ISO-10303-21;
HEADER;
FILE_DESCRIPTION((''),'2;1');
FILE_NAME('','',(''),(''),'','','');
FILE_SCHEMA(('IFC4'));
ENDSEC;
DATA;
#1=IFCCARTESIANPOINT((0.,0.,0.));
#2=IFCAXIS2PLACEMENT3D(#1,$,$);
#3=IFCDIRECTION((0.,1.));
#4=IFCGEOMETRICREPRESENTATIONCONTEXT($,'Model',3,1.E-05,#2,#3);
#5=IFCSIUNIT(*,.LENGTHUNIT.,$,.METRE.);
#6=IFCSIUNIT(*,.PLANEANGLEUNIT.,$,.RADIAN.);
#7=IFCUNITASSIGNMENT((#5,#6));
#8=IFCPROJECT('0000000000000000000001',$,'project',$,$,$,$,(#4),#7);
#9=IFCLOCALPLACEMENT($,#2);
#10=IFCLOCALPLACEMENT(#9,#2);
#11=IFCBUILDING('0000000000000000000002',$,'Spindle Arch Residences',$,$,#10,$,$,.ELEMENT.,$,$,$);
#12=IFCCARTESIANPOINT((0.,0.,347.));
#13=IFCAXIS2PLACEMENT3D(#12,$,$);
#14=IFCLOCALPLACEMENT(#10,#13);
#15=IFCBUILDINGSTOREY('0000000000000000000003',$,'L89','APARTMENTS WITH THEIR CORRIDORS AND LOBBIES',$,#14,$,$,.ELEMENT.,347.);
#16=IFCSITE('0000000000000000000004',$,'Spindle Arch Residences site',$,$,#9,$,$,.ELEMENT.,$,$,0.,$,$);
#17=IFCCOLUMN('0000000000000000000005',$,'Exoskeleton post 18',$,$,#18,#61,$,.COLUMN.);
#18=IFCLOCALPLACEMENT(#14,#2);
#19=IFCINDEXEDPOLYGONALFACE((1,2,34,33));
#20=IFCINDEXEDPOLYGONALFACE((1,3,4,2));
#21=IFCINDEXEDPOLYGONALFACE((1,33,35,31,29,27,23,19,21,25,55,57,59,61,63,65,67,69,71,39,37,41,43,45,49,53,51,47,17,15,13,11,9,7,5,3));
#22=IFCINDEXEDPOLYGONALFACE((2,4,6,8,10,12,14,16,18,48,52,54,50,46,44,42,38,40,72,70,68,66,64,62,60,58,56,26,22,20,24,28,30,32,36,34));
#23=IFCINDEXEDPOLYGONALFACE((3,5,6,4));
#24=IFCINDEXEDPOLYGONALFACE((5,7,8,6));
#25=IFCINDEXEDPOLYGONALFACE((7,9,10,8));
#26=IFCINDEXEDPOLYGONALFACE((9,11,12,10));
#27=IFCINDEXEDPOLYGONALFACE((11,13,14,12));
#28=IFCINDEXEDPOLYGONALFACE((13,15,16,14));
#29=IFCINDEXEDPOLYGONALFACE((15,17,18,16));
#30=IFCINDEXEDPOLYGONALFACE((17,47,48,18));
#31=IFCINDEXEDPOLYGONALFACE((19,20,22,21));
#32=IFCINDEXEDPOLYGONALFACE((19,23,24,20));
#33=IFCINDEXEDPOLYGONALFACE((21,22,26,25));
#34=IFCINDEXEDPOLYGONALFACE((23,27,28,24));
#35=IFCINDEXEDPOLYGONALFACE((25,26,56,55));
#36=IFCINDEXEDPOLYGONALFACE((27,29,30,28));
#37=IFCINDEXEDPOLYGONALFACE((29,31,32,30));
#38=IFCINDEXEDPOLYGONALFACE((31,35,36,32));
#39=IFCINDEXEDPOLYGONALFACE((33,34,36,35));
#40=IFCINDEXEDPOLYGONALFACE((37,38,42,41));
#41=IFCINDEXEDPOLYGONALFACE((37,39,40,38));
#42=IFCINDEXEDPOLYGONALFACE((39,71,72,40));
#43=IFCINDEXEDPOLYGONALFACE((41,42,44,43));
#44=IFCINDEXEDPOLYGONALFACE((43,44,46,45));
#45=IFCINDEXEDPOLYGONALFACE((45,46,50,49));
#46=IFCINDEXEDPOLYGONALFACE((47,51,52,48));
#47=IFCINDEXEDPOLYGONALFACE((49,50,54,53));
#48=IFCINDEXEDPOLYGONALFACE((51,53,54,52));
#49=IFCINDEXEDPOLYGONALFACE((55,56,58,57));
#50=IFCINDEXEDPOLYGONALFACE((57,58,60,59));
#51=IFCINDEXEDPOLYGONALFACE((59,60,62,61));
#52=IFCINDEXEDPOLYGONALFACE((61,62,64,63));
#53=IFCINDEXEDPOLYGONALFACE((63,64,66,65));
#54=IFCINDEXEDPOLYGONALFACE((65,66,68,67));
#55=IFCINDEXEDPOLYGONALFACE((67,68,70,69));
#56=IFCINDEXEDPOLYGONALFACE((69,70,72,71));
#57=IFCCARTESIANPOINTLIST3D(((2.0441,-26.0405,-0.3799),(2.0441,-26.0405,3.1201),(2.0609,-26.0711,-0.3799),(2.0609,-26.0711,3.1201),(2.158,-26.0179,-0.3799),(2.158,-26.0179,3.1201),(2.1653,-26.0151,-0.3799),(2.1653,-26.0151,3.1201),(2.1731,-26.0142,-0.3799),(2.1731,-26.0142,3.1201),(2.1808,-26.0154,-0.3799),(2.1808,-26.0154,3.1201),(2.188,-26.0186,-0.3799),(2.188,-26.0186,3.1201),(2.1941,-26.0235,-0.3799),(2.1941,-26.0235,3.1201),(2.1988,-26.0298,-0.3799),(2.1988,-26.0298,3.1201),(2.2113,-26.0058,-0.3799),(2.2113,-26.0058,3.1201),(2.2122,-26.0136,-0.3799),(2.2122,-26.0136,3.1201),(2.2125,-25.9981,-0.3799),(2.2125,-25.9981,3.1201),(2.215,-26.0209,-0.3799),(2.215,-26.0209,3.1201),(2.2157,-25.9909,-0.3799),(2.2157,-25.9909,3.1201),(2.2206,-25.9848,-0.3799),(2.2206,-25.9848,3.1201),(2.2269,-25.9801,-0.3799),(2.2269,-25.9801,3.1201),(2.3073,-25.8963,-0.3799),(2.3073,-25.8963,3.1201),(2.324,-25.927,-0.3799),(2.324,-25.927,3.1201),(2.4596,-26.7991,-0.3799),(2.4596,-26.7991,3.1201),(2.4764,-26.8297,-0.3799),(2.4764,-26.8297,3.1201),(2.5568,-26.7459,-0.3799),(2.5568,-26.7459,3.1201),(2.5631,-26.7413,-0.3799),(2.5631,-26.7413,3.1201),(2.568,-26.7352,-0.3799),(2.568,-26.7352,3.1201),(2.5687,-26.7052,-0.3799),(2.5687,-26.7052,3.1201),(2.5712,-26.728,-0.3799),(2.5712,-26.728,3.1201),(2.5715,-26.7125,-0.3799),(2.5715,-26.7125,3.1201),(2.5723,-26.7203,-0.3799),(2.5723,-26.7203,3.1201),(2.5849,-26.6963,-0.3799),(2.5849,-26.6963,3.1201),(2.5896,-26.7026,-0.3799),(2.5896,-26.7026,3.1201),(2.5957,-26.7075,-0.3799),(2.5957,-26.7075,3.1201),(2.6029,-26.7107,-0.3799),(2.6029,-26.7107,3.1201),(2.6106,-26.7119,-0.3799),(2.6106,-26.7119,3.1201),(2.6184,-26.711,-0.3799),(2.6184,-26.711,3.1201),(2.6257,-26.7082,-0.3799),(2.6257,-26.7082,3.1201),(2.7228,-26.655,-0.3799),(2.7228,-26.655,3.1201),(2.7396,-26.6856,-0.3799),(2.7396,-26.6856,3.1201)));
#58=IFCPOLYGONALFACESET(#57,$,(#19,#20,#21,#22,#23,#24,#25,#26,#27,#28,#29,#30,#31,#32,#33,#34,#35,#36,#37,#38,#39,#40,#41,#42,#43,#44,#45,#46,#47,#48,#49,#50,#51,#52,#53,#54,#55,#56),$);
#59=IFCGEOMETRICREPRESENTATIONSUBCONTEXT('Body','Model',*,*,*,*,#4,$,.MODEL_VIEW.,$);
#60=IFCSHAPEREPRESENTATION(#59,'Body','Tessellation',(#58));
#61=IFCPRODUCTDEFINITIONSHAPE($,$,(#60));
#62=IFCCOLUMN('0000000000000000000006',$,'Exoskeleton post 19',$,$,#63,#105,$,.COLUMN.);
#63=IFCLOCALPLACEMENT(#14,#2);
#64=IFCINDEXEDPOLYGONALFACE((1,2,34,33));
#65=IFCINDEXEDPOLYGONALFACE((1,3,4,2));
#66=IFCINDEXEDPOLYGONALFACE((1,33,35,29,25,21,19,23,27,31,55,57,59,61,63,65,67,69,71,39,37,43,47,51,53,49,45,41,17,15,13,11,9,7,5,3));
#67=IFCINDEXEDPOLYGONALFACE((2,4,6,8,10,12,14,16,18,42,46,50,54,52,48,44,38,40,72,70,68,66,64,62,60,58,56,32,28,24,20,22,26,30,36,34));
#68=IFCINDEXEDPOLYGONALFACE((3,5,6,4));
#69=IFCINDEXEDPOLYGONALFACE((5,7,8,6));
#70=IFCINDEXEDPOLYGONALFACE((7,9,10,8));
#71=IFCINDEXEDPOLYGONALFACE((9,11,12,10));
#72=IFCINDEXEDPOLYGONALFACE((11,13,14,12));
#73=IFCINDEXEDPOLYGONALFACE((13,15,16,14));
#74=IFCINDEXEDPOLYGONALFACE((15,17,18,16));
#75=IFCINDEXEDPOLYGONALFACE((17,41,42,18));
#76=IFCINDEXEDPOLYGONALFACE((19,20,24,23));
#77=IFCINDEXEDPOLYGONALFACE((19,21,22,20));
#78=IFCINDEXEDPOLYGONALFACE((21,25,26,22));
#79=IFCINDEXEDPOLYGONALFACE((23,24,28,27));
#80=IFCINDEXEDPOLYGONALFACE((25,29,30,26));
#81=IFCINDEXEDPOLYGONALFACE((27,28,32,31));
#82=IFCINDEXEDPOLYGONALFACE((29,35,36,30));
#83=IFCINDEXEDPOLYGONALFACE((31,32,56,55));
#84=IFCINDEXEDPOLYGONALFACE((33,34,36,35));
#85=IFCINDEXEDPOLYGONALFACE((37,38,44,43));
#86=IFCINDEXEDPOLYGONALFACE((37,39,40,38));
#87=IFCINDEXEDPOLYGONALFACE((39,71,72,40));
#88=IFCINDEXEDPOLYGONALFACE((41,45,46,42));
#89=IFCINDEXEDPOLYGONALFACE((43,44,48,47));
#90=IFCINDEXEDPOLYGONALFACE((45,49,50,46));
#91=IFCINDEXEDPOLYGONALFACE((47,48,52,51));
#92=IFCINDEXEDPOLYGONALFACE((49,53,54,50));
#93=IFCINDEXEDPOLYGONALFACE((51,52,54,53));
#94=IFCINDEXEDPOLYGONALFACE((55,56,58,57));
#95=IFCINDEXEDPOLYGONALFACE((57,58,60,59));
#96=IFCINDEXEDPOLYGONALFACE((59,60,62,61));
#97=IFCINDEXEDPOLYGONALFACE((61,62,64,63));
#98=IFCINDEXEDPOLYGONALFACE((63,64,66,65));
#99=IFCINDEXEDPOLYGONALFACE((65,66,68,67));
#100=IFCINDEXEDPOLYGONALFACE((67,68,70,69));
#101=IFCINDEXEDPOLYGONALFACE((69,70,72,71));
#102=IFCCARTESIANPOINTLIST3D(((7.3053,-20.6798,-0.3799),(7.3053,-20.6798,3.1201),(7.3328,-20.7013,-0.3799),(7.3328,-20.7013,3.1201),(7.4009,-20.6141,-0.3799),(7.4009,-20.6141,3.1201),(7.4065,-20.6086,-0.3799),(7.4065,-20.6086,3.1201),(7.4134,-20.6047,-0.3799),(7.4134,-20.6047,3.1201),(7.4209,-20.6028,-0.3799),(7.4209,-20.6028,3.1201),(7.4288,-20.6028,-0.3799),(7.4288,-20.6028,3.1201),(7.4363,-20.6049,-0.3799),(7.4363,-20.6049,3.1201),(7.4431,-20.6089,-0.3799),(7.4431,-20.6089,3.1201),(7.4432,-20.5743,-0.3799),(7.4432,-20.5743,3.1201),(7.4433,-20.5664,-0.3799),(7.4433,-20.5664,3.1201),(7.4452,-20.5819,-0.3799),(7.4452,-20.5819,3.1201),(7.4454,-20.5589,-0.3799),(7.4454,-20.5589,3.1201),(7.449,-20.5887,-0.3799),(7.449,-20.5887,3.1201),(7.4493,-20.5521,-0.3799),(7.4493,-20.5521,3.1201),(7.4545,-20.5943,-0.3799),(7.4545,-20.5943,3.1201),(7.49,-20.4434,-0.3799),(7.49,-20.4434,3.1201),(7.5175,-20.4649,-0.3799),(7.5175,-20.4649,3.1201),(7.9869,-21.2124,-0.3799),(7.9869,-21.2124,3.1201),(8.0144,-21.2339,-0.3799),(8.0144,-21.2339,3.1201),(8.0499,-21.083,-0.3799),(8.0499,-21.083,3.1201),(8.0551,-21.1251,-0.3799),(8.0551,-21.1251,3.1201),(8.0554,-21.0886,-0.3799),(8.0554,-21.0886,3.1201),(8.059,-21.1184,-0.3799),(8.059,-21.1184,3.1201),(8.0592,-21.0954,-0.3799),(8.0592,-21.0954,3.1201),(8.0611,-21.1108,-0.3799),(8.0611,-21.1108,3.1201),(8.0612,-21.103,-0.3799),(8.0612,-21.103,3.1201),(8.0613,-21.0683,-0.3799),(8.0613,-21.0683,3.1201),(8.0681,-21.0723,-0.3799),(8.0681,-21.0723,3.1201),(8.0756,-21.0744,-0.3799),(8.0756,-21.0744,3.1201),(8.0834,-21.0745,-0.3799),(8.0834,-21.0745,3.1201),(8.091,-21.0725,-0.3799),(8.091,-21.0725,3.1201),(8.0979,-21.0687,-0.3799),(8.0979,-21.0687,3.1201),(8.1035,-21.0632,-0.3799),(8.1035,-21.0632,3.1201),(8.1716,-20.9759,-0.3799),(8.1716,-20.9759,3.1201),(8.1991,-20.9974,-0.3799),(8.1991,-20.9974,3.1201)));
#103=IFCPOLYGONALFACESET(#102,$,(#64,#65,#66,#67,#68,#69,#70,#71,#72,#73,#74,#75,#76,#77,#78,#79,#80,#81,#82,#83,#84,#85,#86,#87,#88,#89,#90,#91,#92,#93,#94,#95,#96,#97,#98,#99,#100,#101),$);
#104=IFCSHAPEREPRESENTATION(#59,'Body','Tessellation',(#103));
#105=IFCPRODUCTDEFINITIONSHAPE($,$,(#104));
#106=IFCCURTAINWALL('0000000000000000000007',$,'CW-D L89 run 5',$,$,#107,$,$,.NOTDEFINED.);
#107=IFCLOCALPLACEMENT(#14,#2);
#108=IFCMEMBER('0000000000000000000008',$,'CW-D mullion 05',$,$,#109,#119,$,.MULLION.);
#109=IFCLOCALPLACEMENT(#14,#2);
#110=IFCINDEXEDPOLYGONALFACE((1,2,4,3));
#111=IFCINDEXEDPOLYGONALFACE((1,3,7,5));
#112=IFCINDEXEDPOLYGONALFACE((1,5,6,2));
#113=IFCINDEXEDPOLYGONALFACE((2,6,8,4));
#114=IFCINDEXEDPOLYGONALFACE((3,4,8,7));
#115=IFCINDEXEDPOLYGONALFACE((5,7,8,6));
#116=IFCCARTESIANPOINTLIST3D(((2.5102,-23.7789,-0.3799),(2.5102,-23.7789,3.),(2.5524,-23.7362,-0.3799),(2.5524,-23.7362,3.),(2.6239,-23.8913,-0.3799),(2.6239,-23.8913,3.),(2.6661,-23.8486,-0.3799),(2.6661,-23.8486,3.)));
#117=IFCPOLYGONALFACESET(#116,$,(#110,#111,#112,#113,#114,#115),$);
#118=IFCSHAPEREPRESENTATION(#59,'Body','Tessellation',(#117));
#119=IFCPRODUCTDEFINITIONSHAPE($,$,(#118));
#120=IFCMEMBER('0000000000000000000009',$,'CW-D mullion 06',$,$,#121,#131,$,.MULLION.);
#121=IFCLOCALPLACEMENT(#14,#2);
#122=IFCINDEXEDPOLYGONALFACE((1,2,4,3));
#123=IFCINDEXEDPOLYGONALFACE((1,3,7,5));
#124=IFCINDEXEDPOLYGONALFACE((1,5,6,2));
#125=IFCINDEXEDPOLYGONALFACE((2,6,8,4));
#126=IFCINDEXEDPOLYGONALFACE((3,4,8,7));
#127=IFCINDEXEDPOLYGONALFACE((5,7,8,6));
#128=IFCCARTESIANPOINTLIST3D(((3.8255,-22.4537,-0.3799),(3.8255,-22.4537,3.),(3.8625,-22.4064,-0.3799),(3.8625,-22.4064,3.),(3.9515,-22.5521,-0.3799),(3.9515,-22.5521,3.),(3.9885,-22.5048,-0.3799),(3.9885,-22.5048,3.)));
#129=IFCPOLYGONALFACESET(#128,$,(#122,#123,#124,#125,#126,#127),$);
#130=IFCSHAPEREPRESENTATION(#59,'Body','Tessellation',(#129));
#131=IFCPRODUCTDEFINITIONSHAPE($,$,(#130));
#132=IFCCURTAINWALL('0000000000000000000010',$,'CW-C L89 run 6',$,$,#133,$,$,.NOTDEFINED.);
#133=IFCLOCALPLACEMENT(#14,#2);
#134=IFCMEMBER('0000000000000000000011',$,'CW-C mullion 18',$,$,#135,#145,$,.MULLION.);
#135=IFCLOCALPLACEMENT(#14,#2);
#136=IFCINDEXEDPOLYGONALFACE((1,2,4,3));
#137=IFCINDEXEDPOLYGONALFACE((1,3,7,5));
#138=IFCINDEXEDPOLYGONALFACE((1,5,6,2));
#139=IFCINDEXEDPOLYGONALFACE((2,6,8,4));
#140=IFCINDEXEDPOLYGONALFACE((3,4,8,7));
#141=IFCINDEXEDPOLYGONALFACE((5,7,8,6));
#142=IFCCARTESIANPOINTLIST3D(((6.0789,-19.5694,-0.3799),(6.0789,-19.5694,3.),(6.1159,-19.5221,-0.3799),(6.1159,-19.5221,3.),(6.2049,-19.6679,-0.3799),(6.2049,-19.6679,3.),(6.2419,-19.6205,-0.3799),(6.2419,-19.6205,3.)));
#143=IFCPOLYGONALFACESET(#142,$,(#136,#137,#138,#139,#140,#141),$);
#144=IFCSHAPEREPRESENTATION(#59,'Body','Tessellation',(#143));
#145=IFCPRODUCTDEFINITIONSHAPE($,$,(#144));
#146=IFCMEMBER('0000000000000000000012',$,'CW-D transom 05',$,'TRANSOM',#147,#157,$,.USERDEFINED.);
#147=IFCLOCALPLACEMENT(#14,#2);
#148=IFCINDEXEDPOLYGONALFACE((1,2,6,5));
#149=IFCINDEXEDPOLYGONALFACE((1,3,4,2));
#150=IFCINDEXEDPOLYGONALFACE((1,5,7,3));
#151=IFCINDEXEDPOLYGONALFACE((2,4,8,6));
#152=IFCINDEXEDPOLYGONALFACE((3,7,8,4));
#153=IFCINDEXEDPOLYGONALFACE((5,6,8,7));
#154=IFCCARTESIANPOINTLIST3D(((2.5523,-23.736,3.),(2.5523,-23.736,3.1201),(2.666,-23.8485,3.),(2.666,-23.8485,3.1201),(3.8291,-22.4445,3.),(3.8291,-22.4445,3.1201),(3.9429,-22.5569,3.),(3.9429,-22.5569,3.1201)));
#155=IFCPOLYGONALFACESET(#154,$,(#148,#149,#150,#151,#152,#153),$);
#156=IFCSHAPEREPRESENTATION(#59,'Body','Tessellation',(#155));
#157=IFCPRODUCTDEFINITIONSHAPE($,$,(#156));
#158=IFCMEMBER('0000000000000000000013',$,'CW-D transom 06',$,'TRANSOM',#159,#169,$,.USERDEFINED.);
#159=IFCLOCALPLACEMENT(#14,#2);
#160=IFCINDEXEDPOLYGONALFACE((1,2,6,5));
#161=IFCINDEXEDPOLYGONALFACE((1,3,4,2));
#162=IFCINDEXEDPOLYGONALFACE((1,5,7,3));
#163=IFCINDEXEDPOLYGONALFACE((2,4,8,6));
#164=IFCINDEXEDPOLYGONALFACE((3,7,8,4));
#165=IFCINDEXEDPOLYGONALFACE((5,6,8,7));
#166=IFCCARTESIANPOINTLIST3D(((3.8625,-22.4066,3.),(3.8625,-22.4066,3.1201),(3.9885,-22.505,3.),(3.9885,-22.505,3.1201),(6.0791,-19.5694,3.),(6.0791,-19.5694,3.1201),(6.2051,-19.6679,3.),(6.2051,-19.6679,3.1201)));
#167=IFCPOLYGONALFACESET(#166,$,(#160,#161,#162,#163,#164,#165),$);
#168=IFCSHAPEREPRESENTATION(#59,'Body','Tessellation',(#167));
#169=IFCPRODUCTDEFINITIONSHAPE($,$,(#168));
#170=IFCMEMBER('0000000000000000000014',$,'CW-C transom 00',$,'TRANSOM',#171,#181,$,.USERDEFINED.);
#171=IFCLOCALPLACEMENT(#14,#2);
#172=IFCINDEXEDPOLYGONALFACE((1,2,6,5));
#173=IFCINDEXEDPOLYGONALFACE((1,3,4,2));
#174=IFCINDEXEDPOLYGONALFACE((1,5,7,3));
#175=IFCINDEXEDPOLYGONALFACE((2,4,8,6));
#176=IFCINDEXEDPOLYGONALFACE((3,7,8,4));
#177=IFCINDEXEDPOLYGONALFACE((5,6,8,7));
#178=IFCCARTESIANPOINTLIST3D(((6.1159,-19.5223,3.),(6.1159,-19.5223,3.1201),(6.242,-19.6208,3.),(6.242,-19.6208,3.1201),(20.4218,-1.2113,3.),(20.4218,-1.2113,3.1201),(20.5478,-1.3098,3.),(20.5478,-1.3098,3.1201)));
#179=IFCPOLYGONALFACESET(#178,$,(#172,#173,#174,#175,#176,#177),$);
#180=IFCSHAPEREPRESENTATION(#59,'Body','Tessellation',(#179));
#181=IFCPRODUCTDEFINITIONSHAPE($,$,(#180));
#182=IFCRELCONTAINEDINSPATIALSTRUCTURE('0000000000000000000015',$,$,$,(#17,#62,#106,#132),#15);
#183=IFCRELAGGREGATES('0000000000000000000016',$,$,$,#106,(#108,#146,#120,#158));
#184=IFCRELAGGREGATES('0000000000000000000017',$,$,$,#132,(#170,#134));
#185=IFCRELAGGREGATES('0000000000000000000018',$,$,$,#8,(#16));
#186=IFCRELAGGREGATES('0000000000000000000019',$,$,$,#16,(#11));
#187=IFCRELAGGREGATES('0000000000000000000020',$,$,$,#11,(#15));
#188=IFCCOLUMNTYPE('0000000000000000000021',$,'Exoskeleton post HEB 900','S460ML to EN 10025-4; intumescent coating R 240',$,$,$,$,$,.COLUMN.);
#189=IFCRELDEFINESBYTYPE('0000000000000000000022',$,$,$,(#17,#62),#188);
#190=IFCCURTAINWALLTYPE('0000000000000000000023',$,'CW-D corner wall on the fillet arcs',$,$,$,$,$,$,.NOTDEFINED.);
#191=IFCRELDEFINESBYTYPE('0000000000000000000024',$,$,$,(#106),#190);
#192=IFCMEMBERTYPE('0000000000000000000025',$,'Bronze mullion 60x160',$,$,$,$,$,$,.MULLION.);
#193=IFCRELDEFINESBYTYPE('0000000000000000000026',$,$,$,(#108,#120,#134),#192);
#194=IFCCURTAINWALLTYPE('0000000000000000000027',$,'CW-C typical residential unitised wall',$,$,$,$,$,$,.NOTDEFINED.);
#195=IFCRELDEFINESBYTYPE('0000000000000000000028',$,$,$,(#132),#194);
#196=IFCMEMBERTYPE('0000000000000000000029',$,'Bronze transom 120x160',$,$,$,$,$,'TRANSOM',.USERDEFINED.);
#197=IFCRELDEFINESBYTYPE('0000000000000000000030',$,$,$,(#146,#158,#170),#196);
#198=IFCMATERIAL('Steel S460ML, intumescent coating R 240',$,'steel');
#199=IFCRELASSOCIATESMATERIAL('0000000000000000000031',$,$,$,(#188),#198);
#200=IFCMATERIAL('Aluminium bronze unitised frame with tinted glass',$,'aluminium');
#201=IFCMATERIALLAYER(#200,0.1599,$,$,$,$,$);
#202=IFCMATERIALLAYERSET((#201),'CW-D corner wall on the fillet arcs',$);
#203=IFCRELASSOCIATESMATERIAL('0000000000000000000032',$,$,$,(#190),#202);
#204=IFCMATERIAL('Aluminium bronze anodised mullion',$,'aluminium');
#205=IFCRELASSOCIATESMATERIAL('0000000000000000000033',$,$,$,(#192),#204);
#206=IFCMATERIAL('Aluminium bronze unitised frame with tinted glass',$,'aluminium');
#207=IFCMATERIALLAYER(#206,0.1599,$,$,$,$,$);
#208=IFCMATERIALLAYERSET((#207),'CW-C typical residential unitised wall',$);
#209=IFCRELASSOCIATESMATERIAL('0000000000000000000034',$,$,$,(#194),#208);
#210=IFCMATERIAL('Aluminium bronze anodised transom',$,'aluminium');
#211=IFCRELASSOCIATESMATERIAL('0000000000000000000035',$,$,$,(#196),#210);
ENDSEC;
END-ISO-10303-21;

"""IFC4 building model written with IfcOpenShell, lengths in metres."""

from ifc_helpers import new_model, si_unit, direction, frame, origin, origin_2d, place, context, subcontext, project, spatial, rectangle, i_section, extrude, material, layer, layer_set, material_profile, profile_set, type_object, element, aggregate, save


model = new_model("IFC4")

# Units and contexts
model_context = context("Model", 3, precision=1e-05, world=origin(), true_north=direction((0.0, 1.0)))
body_context = subcontext(model_context, "Body", "Model", "MODEL_VIEW")
ifc_project = project(units=[si_unit("LENGTHUNIT", "METRE"), si_unit("PLANEANGLEUNIT", "RADIAN")], contexts=[model_context])

# Site, building, storey
site_placement = place(None, origin())
site = spatial("IfcSite", under=ifc_project, at=site_placement, Name="Spindle Arch Residences site", CompositionType="ELEMENT", RefElevation=0.0)
building_placement = place(site_placement, origin())
building = spatial("IfcBuilding", under=site, at=building_placement, Name="Spindle Arch Residences", CompositionType="ELEMENT")
storey_placement = place(building_placement, frame((0.0, 0.0, 347.0)))
storey = spatial("IfcBuildingStorey", under=building, at=storey_placement, Name="L89", Description="APARTMENTS WITH THEIR CORRIDORS AND LOBBIES", CompositionType="ELEMENT", Elevation=347.0)

# Columns
ifc_material_1 = material(Name="Steel S460ML, intumescent coating R 240", Category="steel")
ifc_material_profile_1 = material_profile(ifc_material_1, i_section(OverallWidth=0.3, OverallDepth=0.8999, WebThickness=0.0186, FlangeThickness=0.0349, FilletRadius=0.03, at=origin_2d()), Name="HEB 900")
ifc_profile_set_1 = profile_set([ifc_material_profile_1], Name="Steel S460ML, intumescent coating R 240")
column_type = type_object("IfcColumnType", Name="Exoskeleton post HEB 900", Description="S460ML to EN 10025-4; intumescent coating R 240", PredefinedType="COLUMN", material=ifc_profile_set_1)
for number, where, z_axis, x_axis, name in (
    (1, (2.3918, -26.363, -0.3799), (0.0, 0.0, 1.0), (-0.877055, -0.480389, 0.0), "Exoskeleton post 18"),
    (2, (7.7522, -20.8386, -0.3799), (0.0, 0.0, 1.0), (-0.615661, -0.788011, 0.0), "Exoskeleton post 19"),
):
    element("IfcColumn", number, at=place(storey_placement, frame(where, z_axis=z_axis, x_axis=x_axis)), inside=storey, type_object=column_type, Name=name, PredefinedType="COLUMN", context=body_context, shape_type="SweptSolid", body=[
        extrude(i_section(OverallWidth=0.3, OverallDepth=0.8999, WebThickness=0.0186, FlangeThickness=0.0349, FilletRadius=0.03, at=origin_2d()), origin(), (0.0, 0.0, 1.0), 3.5),
    ])

# Curtain wall, members
ifc_material_2 = material(Name="Aluminium bronze unitised frame with tinted glass", Category="aluminium")
ifc_layer_1 = layer(ifc_material_2, 0.1599)
ifc_layer_set_1 = layer_set([ifc_layer_1], Name="CW-D corner wall on the fillet arcs")
curtain_wall_type_1 = type_object("IfcCurtainWallType", Name="CW-D corner wall on the fillet arcs", PredefinedType="NOTDEFINED", material=ifc_layer_set_1)
curtain_wall_1_placement = place(storey_placement, origin())
curtain_wall_1 = element("IfcCurtainWall", 3, at=curtain_wall_1_placement, inside=storey, type_object=curtain_wall_type_1, Name="CW-D L89 run 5", PredefinedType="NOTDEFINED")
ifc_material_3 = material(Name="Aluminium bronze anodised mullion", Category="aluminium")
ifc_material_profile_2 = material_profile(ifc_material_3, rectangle(XDim=0.1599, YDim=0.0601, at=origin_2d()), Name="MU 60x160")
ifc_profile_set_2 = profile_set([ifc_material_profile_2], Name="Aluminium bronze anodised mullion")
member_type_1 = type_object("IfcMemberType", Name="Bronze mullion 60x160", PredefinedType="MULLION", material=ifc_profile_set_2)
member_1_placement = place(storey_placement, frame((2.5881, -23.8137, -0.3799), z_axis=(0.0, 0.0, 1.0), x_axis=(-0.711209, 0.702981, 0.0)))
member_1 = element("IfcMember", 4, at=member_1_placement, type_object=member_type_1, Name="CW-D mullion 05", PredefinedType="MULLION", context=body_context, shape_type="SweptSolid", body=[
    extrude(rectangle(XDim=0.1599, YDim=0.0601, at=origin_2d()), origin(), (0.0, 0.0, 1.0), 3.3799),
])
member_2_placement = place(storey_placement, frame((3.907, -22.4792, -0.3799), z_axis=(0.0, 0.0, 1.0), x_axis=(-0.788011, 0.615661, 0.0)))
member_2 = element("IfcMember", 5, at=member_2_placement, type_object=member_type_1, Name="CW-D mullion 06", PredefinedType="MULLION", context=body_context, shape_type="SweptSolid", body=[
    extrude(rectangle(XDim=0.1599, YDim=0.0601, at=origin_2d()), origin(), (0.0, 0.0, 1.0), 3.3799),
])

# Curtain wall, member
ifc_material_4 = material(Name="Aluminium bronze unitised frame with tinted glass", Category="aluminium")
ifc_layer_2 = layer(ifc_material_4, 0.1599)
ifc_layer_set_2 = layer_set([ifc_layer_2], Name="CW-C typical residential unitised wall")
curtain_wall_type_2 = type_object("IfcCurtainWallType", Name="CW-C typical residential unitised wall", PredefinedType="NOTDEFINED", material=ifc_layer_set_2)
curtain_wall_2_placement = place(storey_placement, origin())
curtain_wall_2 = element("IfcCurtainWall", 6, at=curtain_wall_2_placement, inside=storey, type_object=curtain_wall_type_2, Name="CW-C L89 run 6", PredefinedType="NOTDEFINED")
member_3_placement = place(storey_placement, frame((6.1604, -19.595, -0.3799), z_axis=(0.0, 0.0, 1.0), x_axis=(-0.788011, 0.615661, 0.0)))
member_3 = element("IfcMember", 7, at=member_3_placement, type_object=member_type_1, Name="CW-C mullion 18", PredefinedType="MULLION", context=body_context, shape_type="SweptSolid", body=[
    extrude(rectangle(XDim=0.1599, YDim=0.0601, at=origin_2d()), origin(), (0.0, 0.0, 1.0), 3.3799),
])

# Members
ifc_material_5 = material(Name="Aluminium bronze anodised transom", Category="aluminium")
ifc_material_profile_3 = material_profile(ifc_material_5, rectangle(XDim=0.1599, YDim=0.1201, at=origin_2d()), Name="TR 120x160")
ifc_profile_set_3 = profile_set([ifc_material_profile_3], Name="Aluminium bronze anodised transom")
member_type_2 = type_object("IfcMemberType", Name="Bronze transom 120x160", ElementType="TRANSOM", PredefinedType="USERDEFINED", material=ifc_profile_set_3)
member_4_placement = place(storey_placement, frame((2.6091, -23.7922, 3.0601), z_axis=(0.703062, 0.711128, 0.0), x_axis=(-0.711128, 0.703062, 0.0)))
member_4 = element("IfcMember", 8, at=member_4_placement, type_object=member_type_2, Name="CW-D transom 05", ObjectType="TRANSOM", PredefinedType="USERDEFINED", context=body_context, shape_type="SweptSolid", body=[
    extrude(rectangle(XDim=0.1599, YDim=0.1201, at=origin_2d()), origin(), (0.0, 0.0, 1.0), 1.8162),
])
member_5_placement = place(storey_placement, frame((3.9255, -22.4558, 3.0601), z_axis=(0.615648, 0.788021, 0.0), x_axis=(-0.788021, 0.615648, 0.0)))
member_5 = element("IfcMember", 9, at=member_5_placement, type_object=member_type_2, Name="CW-D transom 06", ObjectType="TRANSOM", PredefinedType="USERDEFINED", context=body_context, shape_type="SweptSolid", body=[
    extrude(rectangle(XDim=0.1599, YDim=0.1201, at=origin_2d()), origin(), (0.0, 0.0, 1.0), 3.6003),
])
member_6_placement = place(storey_placement, frame((6.179, -19.5715, 3.0601), z_axis=(0.615655, 0.788016, 0.0), x_axis=(-0.788016, 0.615655, 0.0)))
member_6 = element("IfcMember", 10, at=member_6_placement, type_object=member_type_2, Name="CW-C transom 00", ObjectType="TRANSOM", PredefinedType="USERDEFINED", context=body_context, shape_type="SweptSolid", body=[
    extrude(rectangle(XDim=0.1599, YDim=0.1201, at=origin_2d()), origin(), (0.0, 0.0, 1.0), 23.2368),
])

aggregate(curtain_wall_1, [member_1, member_4, member_2, member_5])
aggregate(curtain_wall_2, [member_6, member_3])

save(model, "model.ifc")
